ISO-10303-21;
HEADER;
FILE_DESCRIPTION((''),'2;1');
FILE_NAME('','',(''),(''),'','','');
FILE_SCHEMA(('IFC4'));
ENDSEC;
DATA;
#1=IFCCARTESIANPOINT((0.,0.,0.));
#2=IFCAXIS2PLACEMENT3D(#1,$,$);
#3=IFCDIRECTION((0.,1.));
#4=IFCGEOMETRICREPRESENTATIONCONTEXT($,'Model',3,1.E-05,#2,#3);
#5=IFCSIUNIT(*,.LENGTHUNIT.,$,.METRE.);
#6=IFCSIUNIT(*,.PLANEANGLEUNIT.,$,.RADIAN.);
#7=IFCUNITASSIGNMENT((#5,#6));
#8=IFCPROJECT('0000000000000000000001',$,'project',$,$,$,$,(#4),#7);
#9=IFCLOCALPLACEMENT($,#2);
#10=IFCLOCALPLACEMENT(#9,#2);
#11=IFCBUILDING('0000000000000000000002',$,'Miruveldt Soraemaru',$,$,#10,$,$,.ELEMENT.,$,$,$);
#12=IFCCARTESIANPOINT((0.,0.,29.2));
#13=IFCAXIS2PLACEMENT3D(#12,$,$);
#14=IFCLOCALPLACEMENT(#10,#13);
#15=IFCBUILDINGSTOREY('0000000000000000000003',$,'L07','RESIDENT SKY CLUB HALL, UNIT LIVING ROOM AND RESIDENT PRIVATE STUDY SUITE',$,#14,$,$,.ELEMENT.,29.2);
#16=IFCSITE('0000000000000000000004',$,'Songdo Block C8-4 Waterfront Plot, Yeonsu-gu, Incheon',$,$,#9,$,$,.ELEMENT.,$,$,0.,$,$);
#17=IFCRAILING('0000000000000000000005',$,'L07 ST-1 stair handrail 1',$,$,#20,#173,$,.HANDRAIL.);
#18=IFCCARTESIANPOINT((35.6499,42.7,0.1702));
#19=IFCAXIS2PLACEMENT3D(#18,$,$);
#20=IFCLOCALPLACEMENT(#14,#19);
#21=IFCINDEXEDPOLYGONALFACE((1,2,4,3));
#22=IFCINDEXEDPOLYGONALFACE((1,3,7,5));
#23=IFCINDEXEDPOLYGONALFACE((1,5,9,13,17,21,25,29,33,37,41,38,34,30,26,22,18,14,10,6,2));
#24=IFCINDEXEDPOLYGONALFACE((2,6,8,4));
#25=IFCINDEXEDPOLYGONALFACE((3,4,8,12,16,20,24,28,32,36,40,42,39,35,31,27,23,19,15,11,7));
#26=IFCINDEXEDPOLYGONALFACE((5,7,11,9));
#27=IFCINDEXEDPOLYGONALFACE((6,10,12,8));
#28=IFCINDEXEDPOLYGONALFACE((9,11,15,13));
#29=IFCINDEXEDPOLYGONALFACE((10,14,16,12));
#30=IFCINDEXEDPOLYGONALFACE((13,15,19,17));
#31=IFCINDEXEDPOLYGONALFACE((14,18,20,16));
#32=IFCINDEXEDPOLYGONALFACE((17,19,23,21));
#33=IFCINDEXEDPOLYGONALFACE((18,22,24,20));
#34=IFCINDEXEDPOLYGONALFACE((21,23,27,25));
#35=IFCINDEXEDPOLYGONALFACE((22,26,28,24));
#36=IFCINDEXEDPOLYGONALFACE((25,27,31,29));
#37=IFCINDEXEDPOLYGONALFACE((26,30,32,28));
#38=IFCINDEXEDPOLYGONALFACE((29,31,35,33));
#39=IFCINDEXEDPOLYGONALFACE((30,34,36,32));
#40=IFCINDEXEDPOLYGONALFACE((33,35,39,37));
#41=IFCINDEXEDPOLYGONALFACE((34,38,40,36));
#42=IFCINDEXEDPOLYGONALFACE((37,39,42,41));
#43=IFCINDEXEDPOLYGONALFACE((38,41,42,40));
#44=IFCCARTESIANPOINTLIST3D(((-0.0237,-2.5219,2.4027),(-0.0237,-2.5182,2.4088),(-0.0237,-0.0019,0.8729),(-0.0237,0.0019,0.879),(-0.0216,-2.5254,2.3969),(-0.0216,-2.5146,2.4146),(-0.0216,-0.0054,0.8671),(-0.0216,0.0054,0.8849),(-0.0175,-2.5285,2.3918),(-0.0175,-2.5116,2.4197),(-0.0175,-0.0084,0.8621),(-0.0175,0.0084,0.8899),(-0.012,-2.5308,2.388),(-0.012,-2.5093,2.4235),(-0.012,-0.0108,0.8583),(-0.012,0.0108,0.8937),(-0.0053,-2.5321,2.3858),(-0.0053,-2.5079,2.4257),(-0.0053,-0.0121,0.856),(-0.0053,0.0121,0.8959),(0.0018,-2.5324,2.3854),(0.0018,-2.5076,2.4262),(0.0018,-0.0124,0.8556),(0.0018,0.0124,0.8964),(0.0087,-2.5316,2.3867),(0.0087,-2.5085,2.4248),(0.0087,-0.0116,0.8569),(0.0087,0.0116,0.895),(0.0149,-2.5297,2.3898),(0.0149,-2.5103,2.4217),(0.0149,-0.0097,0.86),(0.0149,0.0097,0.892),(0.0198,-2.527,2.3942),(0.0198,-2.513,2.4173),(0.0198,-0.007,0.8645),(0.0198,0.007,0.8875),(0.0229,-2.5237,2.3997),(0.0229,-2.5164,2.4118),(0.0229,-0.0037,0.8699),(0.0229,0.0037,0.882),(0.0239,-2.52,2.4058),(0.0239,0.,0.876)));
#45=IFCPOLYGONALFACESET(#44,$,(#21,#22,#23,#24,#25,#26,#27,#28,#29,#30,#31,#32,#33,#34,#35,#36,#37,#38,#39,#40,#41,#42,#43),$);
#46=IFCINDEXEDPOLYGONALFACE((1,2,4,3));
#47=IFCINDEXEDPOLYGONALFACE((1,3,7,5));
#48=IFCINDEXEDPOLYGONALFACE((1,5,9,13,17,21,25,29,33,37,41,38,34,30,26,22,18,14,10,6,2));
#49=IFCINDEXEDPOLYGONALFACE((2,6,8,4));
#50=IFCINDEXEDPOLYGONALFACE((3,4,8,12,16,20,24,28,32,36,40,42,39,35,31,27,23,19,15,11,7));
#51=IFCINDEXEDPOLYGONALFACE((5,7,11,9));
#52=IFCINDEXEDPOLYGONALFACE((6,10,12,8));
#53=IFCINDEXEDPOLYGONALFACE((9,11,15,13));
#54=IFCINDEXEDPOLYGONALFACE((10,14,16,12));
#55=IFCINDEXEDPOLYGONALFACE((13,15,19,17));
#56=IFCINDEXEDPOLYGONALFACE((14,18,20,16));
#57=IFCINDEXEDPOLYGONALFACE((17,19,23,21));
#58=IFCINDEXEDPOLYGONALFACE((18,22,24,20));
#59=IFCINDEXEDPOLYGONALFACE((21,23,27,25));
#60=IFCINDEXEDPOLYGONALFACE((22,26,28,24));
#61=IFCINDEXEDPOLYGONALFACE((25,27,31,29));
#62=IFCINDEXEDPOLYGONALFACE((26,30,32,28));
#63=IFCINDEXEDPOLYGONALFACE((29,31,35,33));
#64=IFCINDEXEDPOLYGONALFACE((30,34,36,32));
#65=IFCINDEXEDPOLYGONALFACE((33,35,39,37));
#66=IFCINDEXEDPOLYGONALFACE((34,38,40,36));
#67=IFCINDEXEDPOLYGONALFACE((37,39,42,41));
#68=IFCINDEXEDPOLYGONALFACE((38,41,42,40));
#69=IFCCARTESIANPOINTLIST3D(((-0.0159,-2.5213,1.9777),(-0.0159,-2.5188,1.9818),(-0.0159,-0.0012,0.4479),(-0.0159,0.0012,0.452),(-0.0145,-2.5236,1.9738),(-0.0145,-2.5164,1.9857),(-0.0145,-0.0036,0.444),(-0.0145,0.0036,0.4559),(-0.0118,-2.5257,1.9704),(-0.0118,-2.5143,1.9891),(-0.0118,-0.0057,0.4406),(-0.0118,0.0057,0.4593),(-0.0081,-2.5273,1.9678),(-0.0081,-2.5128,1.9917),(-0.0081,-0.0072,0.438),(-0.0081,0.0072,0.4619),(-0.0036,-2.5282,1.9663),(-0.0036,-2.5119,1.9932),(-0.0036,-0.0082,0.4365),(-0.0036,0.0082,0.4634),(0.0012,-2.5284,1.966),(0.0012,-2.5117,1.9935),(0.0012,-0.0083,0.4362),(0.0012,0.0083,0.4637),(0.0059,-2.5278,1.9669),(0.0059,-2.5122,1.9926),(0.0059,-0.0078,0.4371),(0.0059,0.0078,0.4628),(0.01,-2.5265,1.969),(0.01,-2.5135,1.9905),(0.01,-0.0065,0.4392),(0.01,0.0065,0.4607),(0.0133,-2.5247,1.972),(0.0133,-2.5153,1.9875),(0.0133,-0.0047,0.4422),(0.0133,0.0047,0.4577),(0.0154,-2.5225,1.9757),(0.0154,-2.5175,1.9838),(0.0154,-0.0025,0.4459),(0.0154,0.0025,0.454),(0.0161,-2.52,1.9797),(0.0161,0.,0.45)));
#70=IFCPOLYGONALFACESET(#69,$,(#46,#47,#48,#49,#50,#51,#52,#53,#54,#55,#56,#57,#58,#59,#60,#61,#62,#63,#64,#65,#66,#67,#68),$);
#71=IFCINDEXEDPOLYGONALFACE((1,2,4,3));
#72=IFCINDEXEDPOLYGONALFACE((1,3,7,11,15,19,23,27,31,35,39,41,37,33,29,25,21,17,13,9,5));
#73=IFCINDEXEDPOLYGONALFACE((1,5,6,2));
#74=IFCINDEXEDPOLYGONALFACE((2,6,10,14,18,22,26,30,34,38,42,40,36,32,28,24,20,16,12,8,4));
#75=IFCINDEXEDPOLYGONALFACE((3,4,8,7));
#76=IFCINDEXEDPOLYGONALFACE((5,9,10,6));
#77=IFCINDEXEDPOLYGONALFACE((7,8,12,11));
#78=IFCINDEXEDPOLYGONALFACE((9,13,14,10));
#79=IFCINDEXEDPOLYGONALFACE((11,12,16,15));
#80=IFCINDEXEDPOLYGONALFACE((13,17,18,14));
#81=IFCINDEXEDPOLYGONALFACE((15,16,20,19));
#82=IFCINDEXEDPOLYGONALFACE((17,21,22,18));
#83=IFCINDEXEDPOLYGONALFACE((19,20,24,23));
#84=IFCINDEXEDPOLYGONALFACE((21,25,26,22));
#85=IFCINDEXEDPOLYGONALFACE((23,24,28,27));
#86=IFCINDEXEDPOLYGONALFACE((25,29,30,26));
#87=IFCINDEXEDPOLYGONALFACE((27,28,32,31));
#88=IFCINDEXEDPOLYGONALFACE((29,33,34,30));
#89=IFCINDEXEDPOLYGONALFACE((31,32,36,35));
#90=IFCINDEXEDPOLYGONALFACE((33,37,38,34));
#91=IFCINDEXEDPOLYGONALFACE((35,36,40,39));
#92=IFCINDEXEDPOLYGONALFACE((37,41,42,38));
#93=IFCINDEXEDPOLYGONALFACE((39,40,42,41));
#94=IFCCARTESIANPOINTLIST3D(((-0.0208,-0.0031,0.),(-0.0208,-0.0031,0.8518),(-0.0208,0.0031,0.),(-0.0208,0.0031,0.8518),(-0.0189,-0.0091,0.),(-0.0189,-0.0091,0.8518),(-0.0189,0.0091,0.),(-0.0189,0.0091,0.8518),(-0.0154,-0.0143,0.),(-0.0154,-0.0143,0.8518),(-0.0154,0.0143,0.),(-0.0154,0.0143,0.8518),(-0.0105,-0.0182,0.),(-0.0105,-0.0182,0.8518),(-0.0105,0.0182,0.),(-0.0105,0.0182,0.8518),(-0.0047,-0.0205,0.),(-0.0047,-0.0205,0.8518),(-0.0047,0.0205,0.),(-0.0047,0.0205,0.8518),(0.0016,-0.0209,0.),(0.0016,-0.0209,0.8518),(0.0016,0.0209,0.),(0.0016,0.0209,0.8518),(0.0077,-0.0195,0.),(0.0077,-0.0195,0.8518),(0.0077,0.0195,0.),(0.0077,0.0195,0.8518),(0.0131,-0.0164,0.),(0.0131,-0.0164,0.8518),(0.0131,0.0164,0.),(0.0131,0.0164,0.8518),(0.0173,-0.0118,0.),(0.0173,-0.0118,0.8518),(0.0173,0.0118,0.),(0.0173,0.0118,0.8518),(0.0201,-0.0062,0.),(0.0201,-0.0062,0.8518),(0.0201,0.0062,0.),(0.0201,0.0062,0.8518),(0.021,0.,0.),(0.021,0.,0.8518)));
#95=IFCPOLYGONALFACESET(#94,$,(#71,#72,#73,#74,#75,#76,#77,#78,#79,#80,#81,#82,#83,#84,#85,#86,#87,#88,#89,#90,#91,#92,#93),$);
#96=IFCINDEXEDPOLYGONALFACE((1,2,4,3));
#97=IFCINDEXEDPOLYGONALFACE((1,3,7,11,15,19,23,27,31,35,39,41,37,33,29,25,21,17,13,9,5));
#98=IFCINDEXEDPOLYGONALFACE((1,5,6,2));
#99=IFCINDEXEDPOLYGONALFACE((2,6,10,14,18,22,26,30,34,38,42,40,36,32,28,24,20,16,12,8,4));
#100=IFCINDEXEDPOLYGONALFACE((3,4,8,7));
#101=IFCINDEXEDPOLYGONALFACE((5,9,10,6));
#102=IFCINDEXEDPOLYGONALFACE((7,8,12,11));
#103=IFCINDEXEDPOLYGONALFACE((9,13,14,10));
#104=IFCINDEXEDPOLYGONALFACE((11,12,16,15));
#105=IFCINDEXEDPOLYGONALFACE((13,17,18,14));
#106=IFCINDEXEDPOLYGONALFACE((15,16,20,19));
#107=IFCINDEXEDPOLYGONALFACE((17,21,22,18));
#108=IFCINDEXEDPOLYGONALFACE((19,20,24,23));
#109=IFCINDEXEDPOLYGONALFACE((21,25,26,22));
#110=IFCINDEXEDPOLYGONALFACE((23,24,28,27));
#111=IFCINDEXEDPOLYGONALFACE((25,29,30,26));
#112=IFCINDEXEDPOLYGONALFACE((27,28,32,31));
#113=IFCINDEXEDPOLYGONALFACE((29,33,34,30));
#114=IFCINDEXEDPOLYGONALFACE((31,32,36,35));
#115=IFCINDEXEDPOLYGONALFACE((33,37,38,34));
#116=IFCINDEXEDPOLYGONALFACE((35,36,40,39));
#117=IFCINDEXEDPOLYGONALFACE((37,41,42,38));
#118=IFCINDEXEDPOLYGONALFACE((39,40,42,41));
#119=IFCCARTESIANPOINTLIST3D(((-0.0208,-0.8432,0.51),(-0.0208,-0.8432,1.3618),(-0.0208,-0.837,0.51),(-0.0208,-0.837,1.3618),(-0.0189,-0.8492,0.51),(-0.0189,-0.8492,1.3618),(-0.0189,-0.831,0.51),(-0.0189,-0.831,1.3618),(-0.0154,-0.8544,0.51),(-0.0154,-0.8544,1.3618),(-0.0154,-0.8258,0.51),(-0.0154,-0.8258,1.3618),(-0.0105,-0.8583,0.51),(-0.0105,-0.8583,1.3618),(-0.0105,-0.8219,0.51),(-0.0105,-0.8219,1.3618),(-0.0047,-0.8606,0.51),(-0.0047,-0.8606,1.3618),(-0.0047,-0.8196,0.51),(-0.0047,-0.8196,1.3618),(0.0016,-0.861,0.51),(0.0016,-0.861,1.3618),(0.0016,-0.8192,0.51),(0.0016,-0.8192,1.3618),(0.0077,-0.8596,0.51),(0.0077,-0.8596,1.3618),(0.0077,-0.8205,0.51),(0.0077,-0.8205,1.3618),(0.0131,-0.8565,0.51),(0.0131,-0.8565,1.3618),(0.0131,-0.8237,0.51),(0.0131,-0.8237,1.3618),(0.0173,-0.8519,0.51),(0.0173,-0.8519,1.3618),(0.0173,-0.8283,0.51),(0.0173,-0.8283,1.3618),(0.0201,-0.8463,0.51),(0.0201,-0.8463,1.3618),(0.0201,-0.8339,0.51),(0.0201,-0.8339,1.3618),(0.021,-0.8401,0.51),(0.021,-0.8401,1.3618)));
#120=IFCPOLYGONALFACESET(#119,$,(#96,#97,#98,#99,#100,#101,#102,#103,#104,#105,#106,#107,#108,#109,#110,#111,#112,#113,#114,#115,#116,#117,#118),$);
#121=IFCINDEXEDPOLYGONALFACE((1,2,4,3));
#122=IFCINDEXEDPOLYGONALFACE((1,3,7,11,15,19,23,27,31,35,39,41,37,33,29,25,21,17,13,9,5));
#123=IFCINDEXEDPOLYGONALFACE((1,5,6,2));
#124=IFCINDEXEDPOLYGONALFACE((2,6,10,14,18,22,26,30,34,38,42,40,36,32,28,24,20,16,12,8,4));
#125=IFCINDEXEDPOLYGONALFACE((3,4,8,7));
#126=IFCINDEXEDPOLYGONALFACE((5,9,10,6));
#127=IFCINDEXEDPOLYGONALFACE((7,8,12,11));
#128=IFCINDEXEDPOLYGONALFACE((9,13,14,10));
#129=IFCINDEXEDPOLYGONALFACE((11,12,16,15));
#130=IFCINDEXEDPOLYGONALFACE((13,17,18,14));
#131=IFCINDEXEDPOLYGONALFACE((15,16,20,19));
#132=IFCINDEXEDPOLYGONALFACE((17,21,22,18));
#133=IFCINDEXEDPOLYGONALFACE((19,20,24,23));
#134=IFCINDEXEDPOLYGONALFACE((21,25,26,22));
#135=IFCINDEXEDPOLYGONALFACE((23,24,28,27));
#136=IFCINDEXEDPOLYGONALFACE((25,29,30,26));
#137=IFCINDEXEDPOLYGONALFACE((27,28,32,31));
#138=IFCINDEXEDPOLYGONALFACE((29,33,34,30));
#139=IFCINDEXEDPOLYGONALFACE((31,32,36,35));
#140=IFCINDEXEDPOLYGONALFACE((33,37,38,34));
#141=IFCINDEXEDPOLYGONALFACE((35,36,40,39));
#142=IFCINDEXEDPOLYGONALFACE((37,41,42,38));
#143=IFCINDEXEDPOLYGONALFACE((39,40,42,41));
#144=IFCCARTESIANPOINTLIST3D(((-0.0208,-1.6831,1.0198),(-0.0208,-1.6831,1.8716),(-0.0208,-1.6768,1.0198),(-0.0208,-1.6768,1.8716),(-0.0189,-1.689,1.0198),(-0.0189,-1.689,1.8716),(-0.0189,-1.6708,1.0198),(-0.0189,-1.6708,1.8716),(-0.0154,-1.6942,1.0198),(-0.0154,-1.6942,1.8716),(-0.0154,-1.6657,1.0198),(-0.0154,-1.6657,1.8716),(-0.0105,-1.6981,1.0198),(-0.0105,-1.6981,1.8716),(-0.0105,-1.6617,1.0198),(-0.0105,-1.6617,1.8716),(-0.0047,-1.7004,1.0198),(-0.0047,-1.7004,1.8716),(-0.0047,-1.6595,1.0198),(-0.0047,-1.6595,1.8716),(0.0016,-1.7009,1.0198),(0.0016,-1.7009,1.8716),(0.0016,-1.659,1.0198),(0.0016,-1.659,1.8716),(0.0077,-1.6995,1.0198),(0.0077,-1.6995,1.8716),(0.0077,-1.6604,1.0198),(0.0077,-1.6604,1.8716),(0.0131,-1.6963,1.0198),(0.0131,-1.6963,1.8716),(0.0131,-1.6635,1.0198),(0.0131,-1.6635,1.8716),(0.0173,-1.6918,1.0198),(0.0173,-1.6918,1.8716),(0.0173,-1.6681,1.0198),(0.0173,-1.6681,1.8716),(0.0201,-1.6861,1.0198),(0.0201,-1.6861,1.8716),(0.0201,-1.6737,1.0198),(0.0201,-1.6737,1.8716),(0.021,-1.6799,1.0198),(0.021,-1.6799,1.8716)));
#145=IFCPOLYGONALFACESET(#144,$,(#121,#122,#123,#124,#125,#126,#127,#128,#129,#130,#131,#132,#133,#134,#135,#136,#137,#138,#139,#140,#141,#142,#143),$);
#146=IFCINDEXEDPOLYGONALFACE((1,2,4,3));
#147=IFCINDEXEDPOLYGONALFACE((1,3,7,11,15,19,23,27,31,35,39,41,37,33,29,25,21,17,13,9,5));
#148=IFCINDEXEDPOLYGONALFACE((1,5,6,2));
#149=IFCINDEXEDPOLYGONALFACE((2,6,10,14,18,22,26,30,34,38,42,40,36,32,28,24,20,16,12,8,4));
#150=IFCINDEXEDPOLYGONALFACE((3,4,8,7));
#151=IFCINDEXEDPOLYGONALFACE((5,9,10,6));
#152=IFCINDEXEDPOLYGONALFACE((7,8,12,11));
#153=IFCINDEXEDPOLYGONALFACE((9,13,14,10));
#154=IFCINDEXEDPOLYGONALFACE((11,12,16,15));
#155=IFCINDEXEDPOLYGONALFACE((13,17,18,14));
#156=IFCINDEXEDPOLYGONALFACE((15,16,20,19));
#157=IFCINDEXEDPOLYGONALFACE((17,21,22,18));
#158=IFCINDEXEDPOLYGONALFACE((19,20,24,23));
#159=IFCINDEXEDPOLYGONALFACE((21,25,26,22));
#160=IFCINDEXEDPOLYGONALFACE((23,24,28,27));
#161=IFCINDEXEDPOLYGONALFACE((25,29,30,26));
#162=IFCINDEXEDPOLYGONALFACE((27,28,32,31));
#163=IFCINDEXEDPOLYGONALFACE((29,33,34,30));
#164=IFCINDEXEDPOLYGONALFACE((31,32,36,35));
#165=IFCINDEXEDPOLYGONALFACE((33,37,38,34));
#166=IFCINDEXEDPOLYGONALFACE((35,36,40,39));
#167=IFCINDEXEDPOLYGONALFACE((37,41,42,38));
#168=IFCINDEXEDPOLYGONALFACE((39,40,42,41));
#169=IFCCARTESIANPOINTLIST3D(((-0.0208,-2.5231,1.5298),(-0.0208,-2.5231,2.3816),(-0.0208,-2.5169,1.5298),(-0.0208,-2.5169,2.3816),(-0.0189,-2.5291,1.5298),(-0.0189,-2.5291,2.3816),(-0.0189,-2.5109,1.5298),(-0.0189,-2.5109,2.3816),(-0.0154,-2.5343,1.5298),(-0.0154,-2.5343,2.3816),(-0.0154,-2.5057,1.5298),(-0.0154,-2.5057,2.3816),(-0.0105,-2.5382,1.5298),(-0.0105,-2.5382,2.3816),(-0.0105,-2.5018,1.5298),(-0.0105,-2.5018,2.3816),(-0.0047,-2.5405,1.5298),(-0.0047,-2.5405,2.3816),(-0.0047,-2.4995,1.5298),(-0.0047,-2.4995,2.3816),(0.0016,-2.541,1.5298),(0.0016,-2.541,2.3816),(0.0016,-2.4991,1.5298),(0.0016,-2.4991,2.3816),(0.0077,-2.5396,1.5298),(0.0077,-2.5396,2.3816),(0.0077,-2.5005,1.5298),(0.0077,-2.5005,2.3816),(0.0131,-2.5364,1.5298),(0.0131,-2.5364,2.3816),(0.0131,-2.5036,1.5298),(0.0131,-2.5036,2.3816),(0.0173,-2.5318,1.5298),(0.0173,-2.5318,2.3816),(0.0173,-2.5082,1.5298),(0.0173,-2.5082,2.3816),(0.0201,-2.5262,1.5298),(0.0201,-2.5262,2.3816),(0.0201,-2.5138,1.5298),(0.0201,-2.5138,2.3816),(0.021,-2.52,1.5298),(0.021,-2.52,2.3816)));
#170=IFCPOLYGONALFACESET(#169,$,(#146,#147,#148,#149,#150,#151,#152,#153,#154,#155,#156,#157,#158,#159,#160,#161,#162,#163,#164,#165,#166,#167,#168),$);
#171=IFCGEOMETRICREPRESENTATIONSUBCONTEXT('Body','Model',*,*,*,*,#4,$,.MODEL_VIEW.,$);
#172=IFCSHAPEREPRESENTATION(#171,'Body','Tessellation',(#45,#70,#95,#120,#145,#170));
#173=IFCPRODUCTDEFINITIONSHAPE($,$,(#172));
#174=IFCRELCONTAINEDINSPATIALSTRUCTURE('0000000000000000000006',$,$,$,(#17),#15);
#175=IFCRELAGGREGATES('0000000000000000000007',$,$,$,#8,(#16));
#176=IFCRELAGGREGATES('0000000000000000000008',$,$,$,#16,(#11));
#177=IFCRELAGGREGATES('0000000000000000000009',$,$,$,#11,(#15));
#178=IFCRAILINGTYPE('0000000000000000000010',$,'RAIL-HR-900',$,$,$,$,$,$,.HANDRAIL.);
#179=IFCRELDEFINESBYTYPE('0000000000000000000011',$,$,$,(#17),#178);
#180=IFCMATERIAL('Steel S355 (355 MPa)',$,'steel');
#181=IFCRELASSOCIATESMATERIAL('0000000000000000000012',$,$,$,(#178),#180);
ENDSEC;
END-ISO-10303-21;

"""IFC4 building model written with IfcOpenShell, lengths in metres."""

from ifc_helpers import new_model, si_unit, direction, frame, origin, origin_2d, place, context, subcontext, project, spatial, circle, extrude, material, type_object, element, save


model = new_model("IFC4")

# Units and contexts
model_context = context("Model", 3, precision=1e-05, world=origin(), true_north=direction((0.0, 1.0)))
body_context = subcontext(model_context, "Body", "Model", "MODEL_VIEW")
ifc_project = project(units=[si_unit("LENGTHUNIT", "METRE"), si_unit("PLANEANGLEUNIT", "RADIAN")], contexts=[model_context])

# Site, building, storey
site_placement = place(None, origin())
site = spatial("IfcSite", under=ifc_project, at=site_placement, Name="Songdo Block C8-4 Waterfront Plot, Yeonsu-gu, Incheon", CompositionType="ELEMENT", RefElevation=0.0)
building_placement = place(site_placement, origin())
building = spatial("IfcBuilding", under=site, at=building_placement, Name="Miruveldt Soraemaru", CompositionType="ELEMENT")
storey_placement = place(building_placement, frame((0.0, 0.0, 29.2)))
storey = spatial("IfcBuildingStorey", under=building, at=storey_placement, Name="L07", Description="RESIDENT SKY CLUB HALL, UNIT LIVING ROOM AND RESIDENT PRIVATE STUDY SUITE", CompositionType="ELEMENT", Elevation=29.2)

# Railing
ifc_material_1 = material(Name="Steel S355 (355 MPa)", Category="steel")
railing_type_1 = type_object("IfcRailingType", Name="RAIL-HR-900", PredefinedType="HANDRAIL", material=ifc_material_1)
railing_1_placement = place(storey_placement, frame((35.6499, 42.7, 0.1702)))
element("IfcRailing", 1, at=railing_1_placement, inside=storey, type_object=railing_type_1, Name="L07 ST-1 stair handrail 1", PredefinedType="HANDRAIL", context=body_context, shape_type="SweptSolid", body=[
    extrude(circle(Radius=0.0239, at=origin_2d()), frame((0.0, 0.0, 0.876), z_axis=(0.0, -0.854822, 0.518922), x_axis=(1.0, 0.0, 0.0)), (0.0, 0.0, 1.0), 2.948),
    extrude(circle(Radius=0.0161, at=origin_2d()), frame((0.0, 0.0, 0.45), z_axis=(0.0, -0.854822, 0.518922), x_axis=(1.0, 0.0, 0.0)), (0.0, 0.0, 1.0), 2.948),
    extrude(circle(Radius=0.021, at=origin_2d()), origin(), (0.0, 0.0, 1.0), 0.8518),
    extrude(circle(Radius=0.021, at=origin_2d()), frame((0.0, -0.8401, 0.51)), (0.0, 0.0, 1.0), 0.8518),
    extrude(circle(Radius=0.021, at=origin_2d()), frame((0.0, -1.6799, 1.0198)), (0.0, 0.0, 1.0), 0.8518),
    extrude(circle(Radius=0.021, at=origin_2d()), frame((0.0, -2.52, 1.5298)), (0.0, 0.0, 1.0), 0.8518),
])

save(model, "model.ifc")
